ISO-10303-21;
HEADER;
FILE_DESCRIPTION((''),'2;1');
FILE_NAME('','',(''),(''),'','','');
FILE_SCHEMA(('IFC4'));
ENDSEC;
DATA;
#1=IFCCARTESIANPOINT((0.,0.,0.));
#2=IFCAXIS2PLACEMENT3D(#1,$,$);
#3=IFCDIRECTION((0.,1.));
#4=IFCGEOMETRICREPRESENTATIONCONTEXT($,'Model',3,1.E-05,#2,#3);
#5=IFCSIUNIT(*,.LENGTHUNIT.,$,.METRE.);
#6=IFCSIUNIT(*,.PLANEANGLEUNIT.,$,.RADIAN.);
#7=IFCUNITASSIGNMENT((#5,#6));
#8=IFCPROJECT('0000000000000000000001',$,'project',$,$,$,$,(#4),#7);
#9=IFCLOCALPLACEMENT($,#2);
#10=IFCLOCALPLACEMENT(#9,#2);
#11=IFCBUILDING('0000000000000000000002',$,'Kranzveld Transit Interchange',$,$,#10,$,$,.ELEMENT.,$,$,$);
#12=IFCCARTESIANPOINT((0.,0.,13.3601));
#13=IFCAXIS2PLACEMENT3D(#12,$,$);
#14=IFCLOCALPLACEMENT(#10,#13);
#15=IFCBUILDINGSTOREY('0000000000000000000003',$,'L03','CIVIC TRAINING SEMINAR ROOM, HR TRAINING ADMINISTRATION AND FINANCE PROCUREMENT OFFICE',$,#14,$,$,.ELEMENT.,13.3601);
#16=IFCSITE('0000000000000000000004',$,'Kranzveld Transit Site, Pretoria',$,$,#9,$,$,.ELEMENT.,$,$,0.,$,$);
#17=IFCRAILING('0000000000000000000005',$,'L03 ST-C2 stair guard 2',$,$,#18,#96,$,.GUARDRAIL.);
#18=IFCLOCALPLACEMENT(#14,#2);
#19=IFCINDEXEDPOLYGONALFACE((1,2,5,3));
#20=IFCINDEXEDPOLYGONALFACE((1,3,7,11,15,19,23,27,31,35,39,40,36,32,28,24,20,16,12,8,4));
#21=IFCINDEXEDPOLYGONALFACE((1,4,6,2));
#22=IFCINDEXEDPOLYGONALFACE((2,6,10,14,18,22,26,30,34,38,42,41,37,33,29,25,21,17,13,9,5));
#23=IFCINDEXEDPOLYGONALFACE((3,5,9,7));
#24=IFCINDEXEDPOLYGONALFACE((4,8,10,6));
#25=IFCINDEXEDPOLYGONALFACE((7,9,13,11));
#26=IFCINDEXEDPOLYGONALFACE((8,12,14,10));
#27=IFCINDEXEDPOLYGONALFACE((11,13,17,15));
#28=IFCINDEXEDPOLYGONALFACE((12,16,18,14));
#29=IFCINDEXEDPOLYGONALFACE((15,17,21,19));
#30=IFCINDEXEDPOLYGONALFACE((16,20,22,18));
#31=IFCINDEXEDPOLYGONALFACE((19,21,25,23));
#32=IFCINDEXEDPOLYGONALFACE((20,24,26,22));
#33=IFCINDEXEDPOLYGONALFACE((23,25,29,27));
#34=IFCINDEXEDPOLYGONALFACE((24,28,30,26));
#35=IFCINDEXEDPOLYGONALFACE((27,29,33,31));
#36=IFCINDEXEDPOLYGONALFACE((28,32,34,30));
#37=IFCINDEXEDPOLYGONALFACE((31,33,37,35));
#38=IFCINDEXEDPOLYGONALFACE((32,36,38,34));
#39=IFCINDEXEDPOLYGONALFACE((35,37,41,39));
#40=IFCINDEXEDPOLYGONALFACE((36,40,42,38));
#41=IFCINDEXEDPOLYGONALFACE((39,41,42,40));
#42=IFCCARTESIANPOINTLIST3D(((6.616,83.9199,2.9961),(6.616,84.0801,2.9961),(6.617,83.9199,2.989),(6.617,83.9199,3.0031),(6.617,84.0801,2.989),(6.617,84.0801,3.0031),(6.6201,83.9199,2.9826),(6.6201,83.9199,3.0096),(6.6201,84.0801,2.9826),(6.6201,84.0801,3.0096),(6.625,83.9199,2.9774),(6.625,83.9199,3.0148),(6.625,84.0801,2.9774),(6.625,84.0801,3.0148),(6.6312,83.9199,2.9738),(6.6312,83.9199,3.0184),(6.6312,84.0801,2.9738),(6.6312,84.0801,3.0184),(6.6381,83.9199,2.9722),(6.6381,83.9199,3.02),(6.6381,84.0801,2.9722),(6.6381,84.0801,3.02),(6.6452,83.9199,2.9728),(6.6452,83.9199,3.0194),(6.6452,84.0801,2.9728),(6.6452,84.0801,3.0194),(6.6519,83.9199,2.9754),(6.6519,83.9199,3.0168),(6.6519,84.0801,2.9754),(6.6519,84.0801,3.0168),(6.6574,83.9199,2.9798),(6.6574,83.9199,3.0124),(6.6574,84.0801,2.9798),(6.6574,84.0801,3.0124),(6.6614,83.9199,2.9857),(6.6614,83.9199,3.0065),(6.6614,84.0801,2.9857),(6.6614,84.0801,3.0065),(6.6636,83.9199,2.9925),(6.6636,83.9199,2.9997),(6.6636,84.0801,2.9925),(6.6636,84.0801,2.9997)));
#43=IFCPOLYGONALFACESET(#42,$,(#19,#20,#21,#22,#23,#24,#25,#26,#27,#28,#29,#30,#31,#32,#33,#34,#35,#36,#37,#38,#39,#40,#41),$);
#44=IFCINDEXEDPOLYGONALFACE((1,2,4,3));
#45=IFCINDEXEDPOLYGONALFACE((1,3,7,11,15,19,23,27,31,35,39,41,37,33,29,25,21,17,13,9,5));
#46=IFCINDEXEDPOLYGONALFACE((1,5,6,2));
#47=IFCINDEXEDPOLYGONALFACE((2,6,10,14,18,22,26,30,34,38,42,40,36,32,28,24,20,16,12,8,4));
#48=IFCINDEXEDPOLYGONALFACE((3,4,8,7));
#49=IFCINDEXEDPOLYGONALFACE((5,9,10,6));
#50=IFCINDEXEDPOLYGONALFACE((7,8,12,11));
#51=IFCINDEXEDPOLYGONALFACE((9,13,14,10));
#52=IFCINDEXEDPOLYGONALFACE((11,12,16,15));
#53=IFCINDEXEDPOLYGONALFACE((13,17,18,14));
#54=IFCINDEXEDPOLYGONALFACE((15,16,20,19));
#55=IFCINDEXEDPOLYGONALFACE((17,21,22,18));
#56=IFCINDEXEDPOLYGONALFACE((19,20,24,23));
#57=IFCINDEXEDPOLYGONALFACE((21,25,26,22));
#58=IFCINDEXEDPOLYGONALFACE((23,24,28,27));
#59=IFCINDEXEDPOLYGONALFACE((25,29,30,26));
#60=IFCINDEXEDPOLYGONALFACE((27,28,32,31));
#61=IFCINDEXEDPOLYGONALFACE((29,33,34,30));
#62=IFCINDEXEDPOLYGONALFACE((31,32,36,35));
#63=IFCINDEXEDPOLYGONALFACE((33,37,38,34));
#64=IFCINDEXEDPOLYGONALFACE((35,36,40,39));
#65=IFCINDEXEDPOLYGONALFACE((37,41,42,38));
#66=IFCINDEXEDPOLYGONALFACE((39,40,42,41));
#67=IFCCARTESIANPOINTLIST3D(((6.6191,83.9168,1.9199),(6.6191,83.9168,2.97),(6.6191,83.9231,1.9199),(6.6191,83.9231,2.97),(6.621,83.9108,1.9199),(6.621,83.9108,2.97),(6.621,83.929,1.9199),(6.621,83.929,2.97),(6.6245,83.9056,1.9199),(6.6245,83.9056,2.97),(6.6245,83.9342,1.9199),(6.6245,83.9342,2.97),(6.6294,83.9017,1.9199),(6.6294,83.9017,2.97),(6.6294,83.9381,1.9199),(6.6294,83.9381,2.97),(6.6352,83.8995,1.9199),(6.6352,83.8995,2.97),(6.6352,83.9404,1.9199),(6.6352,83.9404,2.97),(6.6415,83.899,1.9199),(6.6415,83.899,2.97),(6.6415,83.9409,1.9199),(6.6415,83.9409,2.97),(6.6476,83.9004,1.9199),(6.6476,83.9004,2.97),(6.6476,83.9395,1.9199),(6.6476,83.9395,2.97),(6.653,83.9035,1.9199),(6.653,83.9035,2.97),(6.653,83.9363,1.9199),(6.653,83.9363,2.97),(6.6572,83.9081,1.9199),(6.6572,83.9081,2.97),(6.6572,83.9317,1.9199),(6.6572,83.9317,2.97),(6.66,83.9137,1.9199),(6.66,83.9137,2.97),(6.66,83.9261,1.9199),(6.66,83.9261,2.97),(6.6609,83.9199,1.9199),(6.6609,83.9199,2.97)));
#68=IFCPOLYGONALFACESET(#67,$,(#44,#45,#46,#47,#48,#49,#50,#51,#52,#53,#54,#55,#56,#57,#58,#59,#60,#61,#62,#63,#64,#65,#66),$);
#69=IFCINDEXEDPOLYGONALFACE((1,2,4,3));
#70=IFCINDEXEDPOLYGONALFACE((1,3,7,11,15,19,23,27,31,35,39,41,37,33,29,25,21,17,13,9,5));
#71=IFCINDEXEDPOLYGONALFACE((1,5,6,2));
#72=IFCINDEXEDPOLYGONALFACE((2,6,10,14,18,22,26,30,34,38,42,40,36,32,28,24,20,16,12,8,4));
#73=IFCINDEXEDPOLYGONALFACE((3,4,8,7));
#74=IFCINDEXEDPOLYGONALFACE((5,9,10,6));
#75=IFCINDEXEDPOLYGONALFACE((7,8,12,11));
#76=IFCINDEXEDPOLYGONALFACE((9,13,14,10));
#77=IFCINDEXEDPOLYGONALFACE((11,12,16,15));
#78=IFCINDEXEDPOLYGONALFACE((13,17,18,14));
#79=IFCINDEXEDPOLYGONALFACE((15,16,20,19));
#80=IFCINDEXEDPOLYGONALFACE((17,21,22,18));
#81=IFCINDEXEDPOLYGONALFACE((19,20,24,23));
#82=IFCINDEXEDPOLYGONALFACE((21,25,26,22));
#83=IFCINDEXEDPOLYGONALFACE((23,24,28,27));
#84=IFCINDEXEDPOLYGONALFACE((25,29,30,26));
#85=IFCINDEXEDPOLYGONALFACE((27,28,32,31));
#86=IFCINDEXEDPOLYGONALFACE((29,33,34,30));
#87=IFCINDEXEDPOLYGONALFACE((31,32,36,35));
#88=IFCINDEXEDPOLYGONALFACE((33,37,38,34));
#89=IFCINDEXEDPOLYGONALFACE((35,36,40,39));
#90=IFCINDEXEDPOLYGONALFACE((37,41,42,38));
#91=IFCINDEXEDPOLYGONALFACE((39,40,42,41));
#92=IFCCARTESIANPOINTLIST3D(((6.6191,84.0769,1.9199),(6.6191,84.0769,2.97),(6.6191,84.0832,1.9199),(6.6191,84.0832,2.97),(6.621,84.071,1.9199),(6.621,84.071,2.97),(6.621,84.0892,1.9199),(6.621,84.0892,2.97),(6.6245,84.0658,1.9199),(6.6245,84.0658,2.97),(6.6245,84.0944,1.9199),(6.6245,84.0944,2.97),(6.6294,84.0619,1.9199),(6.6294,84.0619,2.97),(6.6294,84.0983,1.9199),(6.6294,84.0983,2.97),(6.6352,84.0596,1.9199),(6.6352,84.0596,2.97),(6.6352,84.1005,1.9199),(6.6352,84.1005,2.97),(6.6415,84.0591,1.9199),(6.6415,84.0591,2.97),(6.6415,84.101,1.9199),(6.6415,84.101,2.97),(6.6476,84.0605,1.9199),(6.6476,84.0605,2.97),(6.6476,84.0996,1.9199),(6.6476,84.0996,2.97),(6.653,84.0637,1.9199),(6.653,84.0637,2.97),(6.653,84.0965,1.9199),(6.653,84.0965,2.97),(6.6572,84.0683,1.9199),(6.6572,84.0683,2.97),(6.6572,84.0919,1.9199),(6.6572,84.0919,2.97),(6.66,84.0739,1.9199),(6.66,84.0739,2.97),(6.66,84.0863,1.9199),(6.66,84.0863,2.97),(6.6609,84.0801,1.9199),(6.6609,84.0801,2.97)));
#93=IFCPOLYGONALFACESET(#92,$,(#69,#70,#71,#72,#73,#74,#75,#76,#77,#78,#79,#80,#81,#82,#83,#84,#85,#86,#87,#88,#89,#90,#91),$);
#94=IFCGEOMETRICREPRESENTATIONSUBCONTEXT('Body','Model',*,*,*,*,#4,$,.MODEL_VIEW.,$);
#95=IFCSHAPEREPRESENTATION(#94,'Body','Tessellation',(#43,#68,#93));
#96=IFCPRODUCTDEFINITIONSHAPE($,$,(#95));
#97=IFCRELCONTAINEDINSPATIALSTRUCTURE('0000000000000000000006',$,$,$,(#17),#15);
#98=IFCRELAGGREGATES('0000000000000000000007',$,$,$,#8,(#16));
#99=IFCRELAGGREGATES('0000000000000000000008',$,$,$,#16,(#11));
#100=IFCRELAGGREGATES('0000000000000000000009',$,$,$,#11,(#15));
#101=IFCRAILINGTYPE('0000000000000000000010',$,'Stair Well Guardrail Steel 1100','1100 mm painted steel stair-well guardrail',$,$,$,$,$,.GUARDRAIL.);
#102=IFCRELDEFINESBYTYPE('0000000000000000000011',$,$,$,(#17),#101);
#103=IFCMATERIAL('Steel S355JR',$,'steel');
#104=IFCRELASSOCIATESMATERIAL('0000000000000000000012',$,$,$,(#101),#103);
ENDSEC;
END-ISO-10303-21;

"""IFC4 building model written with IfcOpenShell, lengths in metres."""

from ifc_helpers import new_model, si_unit, direction, frame, origin, origin_2d, place, context, subcontext, project, spatial, circle, extrude, material, type_object, element, save


model = new_model("IFC4")

# Units and contexts
model_context = context("Model", 3, precision=1e-05, world=origin(), true_north=direction((0.0, 1.0)))
body_context = subcontext(model_context, "Body", "Model", "MODEL_VIEW")
ifc_project = project(units=[si_unit("LENGTHUNIT", "METRE"), si_unit("PLANEANGLEUNIT", "RADIAN")], contexts=[model_context])

# Site, building, storey
site_placement = place(None, origin())
site = spatial("IfcSite", under=ifc_project, at=site_placement, Name="Kranzveld Transit Site, Pretoria", CompositionType="ELEMENT", RefElevation=0.0)
building_placement = place(site_placement, origin())
building = spatial("IfcBuilding", under=site, at=building_placement, Name="Kranzveld Transit Interchange", CompositionType="ELEMENT")
storey_placement = place(building_placement, frame((0.0, 0.0, 13.3601)))
storey = spatial("IfcBuildingStorey", under=building, at=storey_placement, Name="L03", Description="CIVIC TRAINING SEMINAR ROOM, HR TRAINING ADMINISTRATION AND FINANCE PROCUREMENT OFFICE", CompositionType="ELEMENT", Elevation=13.3601)

# Railing
ifc_material_1 = material(Name="Steel S355JR", Category="steel")
railing_type_1 = type_object("IfcRailingType", Name="Stair Well Guardrail Steel 1100", Description="1100 mm painted steel stair-well guardrail", PredefinedType="GUARDRAIL", material=ifc_material_1)
railing_1_placement = place(storey_placement, frame((6.6399, 83.9199, 1.9199)))
element("IfcRailing", 1, at=railing_1_placement, inside=storey, type_object=railing_type_1, Name="L03 ST-C2 stair guard 2", PredefinedType="GUARDRAIL", context=body_context, shape_type="SweptSolid", body=[
    extrude(circle(Radius=0.0239, at=origin_2d()), frame((0.0, 0.0, 1.0762), z_axis=(0.0, 1.0, 0.0), x_axis=(-1.0, 0.0, 0.0)), (0.0, 0.0, 1.0), 0.1602),
    extrude(circle(Radius=0.021, at=origin_2d()), origin(), (0.0, 0.0, 1.0), 1.05),
    extrude(circle(Radius=0.021, at=origin_2d()), frame((0.0, 0.1602, 0.0)), (0.0, 0.0, 1.0), 1.05),
])

save(model, "model.ifc")
